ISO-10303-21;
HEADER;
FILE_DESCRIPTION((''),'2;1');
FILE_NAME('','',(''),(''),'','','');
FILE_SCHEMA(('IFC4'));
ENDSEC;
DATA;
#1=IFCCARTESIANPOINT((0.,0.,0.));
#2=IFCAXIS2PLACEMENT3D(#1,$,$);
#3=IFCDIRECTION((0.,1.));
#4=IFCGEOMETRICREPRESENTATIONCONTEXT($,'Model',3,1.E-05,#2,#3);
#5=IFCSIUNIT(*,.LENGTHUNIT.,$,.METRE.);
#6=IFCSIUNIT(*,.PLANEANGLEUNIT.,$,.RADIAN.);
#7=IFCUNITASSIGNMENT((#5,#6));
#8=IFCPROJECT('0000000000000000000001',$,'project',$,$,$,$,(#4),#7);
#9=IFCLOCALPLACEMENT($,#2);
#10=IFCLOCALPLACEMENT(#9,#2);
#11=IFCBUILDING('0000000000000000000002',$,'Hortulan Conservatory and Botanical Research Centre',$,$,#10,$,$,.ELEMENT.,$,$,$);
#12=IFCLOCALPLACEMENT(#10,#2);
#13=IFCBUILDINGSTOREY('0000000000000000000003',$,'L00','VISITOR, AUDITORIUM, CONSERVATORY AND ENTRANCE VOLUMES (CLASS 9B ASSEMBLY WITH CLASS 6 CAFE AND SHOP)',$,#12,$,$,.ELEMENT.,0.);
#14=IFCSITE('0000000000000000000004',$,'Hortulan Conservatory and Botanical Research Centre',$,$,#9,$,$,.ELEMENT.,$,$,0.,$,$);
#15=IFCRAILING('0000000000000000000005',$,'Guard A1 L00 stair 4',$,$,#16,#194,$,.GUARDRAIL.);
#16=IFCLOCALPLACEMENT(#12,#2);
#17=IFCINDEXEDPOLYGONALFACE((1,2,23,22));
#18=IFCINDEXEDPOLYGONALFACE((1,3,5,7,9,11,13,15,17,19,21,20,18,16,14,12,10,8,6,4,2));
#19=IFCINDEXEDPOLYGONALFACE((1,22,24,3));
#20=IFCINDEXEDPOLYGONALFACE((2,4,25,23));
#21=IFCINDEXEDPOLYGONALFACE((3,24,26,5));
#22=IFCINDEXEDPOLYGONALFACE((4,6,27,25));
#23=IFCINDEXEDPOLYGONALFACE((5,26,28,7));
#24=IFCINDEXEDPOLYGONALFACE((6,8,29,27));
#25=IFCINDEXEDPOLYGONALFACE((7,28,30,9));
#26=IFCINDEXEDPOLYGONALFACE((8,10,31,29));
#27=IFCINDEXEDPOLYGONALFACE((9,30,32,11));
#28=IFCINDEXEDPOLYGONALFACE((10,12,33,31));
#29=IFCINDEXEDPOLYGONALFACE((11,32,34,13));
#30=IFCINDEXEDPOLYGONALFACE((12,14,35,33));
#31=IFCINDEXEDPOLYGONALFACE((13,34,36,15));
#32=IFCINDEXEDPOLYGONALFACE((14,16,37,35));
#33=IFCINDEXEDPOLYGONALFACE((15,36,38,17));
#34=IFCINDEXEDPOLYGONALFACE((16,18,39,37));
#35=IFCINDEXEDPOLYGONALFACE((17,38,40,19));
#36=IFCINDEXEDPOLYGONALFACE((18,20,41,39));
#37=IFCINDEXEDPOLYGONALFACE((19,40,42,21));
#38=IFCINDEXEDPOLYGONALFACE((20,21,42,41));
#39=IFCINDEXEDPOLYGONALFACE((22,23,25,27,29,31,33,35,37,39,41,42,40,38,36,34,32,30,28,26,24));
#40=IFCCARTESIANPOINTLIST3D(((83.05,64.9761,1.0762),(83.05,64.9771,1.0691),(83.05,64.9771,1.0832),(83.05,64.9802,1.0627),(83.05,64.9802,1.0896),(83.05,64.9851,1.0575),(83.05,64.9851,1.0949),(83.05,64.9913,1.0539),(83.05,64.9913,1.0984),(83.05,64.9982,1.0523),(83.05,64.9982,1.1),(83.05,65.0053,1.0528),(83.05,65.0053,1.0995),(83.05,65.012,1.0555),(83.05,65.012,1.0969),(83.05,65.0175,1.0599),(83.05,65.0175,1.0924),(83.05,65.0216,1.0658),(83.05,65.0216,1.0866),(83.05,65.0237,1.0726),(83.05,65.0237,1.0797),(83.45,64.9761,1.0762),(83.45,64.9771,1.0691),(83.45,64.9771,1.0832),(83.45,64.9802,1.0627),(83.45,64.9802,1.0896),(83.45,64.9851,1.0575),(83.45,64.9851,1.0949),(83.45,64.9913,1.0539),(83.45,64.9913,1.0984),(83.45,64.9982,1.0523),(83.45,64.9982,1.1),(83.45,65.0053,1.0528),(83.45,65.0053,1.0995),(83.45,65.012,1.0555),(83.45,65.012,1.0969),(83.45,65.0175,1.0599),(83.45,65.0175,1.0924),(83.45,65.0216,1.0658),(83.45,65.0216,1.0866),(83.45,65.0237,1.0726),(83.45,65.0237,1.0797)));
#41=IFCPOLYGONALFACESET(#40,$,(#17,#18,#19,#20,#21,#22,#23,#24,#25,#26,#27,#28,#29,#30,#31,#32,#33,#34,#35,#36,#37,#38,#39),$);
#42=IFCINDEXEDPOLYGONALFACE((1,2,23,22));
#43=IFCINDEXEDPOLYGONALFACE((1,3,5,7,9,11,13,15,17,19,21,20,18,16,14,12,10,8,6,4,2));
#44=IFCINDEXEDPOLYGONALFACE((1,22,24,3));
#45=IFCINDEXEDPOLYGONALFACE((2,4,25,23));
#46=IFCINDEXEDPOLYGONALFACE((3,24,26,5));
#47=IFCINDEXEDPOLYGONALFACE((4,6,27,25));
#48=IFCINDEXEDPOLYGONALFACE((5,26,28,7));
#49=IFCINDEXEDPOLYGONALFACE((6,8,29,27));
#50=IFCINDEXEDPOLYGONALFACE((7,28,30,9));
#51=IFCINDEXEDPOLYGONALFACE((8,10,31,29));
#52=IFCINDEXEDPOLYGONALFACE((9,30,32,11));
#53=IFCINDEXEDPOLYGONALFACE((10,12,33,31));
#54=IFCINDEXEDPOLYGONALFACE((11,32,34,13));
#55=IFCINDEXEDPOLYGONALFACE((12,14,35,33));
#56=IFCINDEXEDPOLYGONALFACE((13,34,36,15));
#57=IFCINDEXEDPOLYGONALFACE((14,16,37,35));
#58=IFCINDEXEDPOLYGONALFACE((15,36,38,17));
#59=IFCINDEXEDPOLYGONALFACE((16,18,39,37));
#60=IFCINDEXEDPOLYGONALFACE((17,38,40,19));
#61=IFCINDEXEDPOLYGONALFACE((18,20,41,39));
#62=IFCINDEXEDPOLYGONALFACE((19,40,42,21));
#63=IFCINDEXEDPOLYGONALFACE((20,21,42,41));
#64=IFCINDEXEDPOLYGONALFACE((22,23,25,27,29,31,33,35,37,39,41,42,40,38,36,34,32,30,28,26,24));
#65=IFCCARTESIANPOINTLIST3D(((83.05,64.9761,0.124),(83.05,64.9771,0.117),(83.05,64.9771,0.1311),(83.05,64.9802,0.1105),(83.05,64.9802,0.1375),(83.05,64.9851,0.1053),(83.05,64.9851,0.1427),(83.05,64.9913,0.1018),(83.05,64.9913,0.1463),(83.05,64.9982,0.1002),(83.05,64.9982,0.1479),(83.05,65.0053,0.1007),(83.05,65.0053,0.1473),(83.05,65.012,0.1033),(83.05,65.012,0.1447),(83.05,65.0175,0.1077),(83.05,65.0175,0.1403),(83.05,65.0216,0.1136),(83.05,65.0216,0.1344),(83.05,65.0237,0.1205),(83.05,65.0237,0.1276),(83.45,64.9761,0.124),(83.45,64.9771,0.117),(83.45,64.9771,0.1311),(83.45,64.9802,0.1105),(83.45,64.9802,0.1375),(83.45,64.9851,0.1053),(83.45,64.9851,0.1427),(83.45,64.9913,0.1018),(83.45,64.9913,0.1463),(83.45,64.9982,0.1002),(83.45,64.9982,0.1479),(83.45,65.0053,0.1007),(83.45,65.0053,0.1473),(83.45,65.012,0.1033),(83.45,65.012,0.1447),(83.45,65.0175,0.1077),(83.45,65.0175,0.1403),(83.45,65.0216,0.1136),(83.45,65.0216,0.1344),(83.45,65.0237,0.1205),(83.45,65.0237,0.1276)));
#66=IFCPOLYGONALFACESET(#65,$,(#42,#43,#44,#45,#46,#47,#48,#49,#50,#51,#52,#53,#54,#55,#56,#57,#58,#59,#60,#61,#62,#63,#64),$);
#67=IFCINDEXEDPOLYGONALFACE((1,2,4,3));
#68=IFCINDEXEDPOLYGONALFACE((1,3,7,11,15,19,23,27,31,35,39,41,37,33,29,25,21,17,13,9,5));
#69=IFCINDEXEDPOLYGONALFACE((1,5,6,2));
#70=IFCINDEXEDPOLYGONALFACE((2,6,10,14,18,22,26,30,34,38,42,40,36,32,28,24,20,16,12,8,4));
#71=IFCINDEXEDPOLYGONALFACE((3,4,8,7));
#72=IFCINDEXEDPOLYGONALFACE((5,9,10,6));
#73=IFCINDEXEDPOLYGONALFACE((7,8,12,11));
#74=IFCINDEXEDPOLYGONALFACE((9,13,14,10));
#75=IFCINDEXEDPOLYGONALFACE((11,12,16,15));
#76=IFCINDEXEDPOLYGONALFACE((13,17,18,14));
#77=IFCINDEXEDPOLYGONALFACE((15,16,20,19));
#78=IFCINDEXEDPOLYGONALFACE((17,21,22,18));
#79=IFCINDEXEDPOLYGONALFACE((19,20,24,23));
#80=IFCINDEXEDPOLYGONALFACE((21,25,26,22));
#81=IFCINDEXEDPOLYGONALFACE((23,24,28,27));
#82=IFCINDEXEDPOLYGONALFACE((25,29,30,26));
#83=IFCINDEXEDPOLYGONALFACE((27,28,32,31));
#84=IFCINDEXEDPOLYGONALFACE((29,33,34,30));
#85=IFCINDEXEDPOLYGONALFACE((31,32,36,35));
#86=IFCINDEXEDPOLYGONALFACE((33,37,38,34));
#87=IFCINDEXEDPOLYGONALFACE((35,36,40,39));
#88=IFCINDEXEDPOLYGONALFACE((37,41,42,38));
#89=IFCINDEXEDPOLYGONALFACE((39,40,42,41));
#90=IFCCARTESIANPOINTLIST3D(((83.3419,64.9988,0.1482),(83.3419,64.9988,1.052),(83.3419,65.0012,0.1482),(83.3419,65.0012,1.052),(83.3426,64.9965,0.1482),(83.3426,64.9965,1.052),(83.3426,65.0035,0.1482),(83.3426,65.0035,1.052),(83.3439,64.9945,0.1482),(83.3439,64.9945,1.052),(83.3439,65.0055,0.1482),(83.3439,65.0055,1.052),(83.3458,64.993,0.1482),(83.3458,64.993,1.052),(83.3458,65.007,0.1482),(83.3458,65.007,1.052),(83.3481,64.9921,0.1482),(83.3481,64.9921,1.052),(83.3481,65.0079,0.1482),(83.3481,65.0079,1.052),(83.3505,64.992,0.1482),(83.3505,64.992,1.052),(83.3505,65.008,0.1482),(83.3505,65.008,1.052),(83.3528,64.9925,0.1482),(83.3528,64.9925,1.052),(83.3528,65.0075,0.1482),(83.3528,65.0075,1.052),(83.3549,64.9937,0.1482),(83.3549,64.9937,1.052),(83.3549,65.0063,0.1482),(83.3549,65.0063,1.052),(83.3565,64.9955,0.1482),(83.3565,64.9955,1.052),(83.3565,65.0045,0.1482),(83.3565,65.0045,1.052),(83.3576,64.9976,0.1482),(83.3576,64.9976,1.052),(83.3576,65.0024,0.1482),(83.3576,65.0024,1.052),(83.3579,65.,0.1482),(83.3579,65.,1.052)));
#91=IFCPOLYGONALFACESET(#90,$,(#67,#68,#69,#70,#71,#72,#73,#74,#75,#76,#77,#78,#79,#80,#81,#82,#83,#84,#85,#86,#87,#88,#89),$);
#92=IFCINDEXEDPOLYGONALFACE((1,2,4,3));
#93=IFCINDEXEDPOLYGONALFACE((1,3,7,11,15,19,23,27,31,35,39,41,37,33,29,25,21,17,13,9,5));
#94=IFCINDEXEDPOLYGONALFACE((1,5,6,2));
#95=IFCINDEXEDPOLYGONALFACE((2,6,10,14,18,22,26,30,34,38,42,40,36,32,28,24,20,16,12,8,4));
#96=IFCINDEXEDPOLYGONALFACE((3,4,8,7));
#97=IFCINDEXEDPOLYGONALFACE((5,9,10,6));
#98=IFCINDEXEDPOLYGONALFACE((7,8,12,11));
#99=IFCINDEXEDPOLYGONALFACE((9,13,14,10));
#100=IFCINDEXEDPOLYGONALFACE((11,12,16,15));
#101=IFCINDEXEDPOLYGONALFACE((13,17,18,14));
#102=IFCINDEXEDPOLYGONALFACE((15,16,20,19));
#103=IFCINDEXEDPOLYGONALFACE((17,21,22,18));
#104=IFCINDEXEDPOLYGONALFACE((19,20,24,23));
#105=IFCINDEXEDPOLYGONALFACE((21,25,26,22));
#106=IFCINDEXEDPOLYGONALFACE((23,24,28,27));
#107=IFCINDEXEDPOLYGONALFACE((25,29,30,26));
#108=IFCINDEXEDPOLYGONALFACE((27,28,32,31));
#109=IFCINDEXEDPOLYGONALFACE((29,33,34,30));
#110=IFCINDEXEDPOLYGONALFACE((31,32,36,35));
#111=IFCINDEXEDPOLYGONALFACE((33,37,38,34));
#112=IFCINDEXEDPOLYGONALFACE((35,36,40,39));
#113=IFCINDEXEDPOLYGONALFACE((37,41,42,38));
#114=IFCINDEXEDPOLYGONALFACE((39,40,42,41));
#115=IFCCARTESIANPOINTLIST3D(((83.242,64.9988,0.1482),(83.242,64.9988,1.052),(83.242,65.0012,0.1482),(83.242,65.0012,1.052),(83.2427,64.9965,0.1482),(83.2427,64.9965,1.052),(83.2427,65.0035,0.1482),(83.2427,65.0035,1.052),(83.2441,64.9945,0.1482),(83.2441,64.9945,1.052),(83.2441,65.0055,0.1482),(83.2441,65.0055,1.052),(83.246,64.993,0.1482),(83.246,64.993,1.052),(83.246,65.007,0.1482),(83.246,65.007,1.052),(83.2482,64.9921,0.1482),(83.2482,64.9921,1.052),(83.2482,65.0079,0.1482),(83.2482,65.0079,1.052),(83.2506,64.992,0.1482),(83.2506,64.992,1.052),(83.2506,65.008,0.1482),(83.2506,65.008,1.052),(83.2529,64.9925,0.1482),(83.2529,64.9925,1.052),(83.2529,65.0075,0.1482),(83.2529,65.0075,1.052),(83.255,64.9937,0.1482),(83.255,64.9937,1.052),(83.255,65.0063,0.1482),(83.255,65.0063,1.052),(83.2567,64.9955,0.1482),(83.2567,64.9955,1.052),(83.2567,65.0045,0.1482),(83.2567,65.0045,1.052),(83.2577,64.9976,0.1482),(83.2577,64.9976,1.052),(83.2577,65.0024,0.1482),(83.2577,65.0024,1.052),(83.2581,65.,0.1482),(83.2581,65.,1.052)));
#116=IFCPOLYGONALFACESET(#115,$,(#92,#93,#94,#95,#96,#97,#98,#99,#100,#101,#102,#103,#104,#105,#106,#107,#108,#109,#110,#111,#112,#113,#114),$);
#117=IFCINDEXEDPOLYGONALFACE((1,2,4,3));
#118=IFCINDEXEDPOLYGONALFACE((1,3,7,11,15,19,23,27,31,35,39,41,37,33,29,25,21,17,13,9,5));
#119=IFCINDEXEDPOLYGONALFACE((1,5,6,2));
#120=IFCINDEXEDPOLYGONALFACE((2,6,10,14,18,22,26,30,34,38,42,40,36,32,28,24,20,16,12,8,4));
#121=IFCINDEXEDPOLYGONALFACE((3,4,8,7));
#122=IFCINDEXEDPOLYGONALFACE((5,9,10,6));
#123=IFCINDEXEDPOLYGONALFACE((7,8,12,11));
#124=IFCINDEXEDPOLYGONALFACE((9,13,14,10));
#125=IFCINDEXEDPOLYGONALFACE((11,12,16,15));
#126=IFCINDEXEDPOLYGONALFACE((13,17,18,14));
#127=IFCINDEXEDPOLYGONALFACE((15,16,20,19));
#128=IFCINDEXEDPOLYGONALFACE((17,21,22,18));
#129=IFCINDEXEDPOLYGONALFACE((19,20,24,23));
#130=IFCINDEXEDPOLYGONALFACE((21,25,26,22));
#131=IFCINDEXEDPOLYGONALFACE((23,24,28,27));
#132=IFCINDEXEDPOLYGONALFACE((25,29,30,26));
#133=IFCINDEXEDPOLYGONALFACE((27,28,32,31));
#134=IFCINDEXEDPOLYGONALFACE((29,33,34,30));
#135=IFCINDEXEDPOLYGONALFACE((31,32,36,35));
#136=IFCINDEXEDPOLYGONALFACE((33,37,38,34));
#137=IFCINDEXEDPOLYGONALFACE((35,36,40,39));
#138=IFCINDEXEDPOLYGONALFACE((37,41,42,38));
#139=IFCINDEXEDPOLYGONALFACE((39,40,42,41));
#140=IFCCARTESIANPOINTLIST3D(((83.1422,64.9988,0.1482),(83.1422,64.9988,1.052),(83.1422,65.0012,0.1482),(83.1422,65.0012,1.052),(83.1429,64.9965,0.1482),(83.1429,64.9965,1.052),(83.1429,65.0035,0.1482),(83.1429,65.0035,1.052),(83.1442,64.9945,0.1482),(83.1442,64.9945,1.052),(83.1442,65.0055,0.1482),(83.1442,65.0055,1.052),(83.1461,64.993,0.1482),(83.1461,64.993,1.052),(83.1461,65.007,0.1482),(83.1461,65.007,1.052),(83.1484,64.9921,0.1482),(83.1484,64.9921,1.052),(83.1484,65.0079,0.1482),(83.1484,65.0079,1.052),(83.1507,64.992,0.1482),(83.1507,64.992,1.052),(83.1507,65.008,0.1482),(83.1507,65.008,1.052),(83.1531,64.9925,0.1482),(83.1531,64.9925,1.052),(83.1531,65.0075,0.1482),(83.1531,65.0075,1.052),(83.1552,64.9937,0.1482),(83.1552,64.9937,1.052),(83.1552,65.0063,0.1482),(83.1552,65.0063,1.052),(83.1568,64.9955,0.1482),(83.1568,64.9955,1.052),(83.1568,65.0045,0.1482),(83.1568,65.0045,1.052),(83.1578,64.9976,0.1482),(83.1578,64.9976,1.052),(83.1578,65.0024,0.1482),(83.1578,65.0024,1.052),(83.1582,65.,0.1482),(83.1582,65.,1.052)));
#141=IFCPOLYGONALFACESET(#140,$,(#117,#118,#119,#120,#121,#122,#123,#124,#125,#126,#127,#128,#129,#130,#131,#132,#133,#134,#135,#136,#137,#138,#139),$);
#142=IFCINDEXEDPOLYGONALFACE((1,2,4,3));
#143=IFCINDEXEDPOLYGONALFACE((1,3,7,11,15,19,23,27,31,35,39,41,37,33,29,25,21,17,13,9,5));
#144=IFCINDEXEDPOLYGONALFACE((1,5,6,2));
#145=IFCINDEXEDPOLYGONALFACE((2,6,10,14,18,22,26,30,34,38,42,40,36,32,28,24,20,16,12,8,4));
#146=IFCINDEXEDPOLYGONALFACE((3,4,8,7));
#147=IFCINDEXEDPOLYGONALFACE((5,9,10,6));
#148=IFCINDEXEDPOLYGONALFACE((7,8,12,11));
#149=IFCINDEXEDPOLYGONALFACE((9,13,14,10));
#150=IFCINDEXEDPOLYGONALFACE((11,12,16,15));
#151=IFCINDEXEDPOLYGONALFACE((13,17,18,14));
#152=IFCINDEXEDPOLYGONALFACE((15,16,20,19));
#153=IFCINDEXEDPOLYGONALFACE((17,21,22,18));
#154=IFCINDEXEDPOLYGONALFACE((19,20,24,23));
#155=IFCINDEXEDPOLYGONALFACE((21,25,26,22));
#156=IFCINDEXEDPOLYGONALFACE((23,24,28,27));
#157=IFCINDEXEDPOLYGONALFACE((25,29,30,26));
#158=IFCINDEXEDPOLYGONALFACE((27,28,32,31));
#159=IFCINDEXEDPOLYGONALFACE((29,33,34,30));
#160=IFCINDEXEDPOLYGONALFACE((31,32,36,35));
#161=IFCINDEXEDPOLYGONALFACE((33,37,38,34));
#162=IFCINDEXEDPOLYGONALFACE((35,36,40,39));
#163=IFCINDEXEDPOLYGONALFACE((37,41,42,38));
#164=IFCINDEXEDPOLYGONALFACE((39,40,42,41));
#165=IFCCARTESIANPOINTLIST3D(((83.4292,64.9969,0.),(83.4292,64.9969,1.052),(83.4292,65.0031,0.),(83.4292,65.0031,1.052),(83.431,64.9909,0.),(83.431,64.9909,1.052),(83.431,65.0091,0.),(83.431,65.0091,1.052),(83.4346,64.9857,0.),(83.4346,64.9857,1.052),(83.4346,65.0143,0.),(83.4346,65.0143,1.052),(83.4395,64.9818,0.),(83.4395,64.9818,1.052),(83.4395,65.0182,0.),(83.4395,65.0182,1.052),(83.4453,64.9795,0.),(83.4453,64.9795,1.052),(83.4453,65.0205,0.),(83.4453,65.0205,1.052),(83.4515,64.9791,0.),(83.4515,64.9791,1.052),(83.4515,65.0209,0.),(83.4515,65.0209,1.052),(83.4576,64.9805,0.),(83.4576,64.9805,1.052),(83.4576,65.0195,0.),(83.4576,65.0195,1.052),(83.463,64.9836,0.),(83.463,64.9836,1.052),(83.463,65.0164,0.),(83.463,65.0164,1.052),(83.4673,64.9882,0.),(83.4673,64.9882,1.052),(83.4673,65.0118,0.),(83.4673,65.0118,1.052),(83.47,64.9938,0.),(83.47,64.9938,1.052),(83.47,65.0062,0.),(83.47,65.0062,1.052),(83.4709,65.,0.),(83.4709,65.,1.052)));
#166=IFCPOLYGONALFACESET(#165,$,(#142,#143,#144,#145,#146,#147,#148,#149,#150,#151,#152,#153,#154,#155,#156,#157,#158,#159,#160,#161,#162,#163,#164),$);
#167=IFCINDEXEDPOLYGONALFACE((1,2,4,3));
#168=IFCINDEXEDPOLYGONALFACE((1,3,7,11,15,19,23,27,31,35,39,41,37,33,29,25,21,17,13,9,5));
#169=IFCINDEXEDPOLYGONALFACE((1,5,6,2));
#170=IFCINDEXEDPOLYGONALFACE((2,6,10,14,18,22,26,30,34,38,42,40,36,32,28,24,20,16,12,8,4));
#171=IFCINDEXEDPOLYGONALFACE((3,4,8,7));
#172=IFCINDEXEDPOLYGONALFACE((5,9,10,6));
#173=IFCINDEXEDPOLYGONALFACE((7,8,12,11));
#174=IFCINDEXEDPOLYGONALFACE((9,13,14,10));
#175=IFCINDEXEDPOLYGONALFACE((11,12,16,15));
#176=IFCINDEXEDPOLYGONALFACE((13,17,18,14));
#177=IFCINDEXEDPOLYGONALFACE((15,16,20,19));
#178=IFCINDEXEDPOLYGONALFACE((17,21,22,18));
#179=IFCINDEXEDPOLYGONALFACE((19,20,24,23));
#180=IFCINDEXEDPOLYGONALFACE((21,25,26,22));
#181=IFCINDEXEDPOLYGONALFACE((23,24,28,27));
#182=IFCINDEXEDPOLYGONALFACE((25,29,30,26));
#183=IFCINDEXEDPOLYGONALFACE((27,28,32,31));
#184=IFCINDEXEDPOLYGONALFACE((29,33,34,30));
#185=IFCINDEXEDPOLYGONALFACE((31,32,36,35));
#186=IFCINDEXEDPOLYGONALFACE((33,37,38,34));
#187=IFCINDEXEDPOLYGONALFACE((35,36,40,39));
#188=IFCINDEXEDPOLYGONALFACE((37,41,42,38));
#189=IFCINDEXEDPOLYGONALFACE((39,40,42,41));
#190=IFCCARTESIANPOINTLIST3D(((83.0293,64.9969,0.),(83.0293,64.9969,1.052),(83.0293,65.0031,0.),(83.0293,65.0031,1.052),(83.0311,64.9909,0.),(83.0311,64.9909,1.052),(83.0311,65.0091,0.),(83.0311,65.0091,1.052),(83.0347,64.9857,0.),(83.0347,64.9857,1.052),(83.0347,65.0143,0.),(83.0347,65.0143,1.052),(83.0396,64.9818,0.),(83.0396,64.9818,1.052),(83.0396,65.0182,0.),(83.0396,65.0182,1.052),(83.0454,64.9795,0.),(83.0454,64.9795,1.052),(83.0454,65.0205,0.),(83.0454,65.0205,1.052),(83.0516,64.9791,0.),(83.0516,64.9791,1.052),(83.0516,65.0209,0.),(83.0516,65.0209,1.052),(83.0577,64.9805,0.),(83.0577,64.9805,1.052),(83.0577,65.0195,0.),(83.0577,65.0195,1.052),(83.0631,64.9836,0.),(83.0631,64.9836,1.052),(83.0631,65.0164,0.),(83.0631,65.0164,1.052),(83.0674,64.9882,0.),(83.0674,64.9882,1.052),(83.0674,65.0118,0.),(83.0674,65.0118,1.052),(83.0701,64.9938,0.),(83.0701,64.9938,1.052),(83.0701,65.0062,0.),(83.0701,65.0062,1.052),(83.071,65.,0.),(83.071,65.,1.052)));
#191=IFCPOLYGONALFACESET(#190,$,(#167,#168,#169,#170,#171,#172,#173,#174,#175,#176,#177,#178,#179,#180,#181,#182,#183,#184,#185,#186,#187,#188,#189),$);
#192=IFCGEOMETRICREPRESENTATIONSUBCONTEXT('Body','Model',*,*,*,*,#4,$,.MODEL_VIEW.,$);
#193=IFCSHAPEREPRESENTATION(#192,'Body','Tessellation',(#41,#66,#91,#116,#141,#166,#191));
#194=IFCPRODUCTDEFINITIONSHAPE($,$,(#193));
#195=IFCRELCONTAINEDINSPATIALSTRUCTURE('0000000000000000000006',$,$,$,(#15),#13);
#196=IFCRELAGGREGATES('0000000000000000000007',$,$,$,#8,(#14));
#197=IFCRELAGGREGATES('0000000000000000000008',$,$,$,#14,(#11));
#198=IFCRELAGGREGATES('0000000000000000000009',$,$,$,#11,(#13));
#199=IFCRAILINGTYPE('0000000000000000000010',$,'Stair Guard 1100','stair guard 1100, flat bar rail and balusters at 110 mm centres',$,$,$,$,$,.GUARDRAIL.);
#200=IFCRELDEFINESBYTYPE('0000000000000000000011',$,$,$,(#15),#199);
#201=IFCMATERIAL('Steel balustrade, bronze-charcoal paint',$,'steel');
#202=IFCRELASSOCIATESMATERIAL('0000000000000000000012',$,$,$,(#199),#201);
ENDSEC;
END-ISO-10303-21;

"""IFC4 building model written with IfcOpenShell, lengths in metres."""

from ifc_helpers import new_model, si_unit, direction, frame, origin, origin_2d, place, context, subcontext, project, spatial, circle, extrude, material, type_object, element, save


model = new_model("IFC4")

# Units and contexts
model_context = context("Model", 3, precision=1e-05, world=origin(), true_north=direction((0.0, 1.0)))
body_context = subcontext(model_context, "Body", "Model", "MODEL_VIEW")
ifc_project = project(units=[si_unit("LENGTHUNIT", "METRE"), si_unit("PLANEANGLEUNIT", "RADIAN")], contexts=[model_context])

# Site, building, storey
site_placement = place(None, origin())
site = spatial("IfcSite", under=ifc_project, at=site_placement, Name="Hortulan Conservatory and Botanical Research Centre", CompositionType="ELEMENT", RefElevation=0.0)
building_placement = place(site_placement, origin())
building = spatial("IfcBuilding", under=site, at=building_placement, Name="Hortulan Conservatory and Botanical Research Centre", CompositionType="ELEMENT")
storey_placement = place(building_placement, origin())
storey = spatial("IfcBuildingStorey", under=building, at=storey_placement, Name="L00", Description="VISITOR, AUDITORIUM, CONSERVATORY AND ENTRANCE VOLUMES (CLASS 9B ASSEMBLY WITH CLASS 6 CAFE AND SHOP)", CompositionType="ELEMENT", Elevation=0.0)

# Railing
ifc_material_1 = material(Name="Steel balustrade, bronze-charcoal paint", Category="steel")
railing_type_1 = type_object("IfcRailingType", Name="Stair Guard 1100", Description="stair guard 1100, flat bar rail and balusters at 110 mm centres", PredefinedType="GUARDRAIL", material=ifc_material_1)
railing_1_placement = place(storey_placement, frame((83.45, 65.0, 0.0)))
element("IfcRailing", 1, at=railing_1_placement, inside=storey, type_object=railing_type_1, Name="Guard A1 L00 stair 4", PredefinedType="GUARDRAIL", context=body_context, shape_type="SweptSolid", body=[
    extrude(circle(Radius=0.0239, at=origin_2d()), frame((0.0, 0.0, 1.0762), z_axis=(-1.0, 0.0, 0.0), x_axis=(0.0, -1.0, 0.0)), (0.0, 0.0, 1.0), 0.3999),
    extrude(circle(Radius=0.0239, at=origin_2d()), frame((0.0, 0.0, 0.124), z_axis=(-1.0, 0.0, 0.0), x_axis=(0.0, -1.0, 0.0)), (0.0, 0.0, 1.0), 0.3999),
    extrude(circle(Radius=0.0081, at=origin_2d()), frame((-0.1001, 0.0, 0.1482)), (0.0, 0.0, 1.0), 0.9038),
    extrude(circle(Radius=0.0081, at=origin_2d()), frame((-0.2, 0.0, 0.1482)), (0.0, 0.0, 1.0), 0.9038),
    extrude(circle(Radius=0.0081, at=origin_2d()), frame((-0.2998, 0.0, 0.1482)), (0.0, 0.0, 1.0), 0.9038),
    extrude(circle(Radius=0.021, at=origin_2d()), origin(), (0.0, 0.0, 1.0), 1.052),
    extrude(circle(Radius=0.021, at=origin_2d()), frame((-0.3999, 0.0, 0.0)), (0.0, 0.0, 1.0), 1.052),
])

save(model, "model.ifc")
